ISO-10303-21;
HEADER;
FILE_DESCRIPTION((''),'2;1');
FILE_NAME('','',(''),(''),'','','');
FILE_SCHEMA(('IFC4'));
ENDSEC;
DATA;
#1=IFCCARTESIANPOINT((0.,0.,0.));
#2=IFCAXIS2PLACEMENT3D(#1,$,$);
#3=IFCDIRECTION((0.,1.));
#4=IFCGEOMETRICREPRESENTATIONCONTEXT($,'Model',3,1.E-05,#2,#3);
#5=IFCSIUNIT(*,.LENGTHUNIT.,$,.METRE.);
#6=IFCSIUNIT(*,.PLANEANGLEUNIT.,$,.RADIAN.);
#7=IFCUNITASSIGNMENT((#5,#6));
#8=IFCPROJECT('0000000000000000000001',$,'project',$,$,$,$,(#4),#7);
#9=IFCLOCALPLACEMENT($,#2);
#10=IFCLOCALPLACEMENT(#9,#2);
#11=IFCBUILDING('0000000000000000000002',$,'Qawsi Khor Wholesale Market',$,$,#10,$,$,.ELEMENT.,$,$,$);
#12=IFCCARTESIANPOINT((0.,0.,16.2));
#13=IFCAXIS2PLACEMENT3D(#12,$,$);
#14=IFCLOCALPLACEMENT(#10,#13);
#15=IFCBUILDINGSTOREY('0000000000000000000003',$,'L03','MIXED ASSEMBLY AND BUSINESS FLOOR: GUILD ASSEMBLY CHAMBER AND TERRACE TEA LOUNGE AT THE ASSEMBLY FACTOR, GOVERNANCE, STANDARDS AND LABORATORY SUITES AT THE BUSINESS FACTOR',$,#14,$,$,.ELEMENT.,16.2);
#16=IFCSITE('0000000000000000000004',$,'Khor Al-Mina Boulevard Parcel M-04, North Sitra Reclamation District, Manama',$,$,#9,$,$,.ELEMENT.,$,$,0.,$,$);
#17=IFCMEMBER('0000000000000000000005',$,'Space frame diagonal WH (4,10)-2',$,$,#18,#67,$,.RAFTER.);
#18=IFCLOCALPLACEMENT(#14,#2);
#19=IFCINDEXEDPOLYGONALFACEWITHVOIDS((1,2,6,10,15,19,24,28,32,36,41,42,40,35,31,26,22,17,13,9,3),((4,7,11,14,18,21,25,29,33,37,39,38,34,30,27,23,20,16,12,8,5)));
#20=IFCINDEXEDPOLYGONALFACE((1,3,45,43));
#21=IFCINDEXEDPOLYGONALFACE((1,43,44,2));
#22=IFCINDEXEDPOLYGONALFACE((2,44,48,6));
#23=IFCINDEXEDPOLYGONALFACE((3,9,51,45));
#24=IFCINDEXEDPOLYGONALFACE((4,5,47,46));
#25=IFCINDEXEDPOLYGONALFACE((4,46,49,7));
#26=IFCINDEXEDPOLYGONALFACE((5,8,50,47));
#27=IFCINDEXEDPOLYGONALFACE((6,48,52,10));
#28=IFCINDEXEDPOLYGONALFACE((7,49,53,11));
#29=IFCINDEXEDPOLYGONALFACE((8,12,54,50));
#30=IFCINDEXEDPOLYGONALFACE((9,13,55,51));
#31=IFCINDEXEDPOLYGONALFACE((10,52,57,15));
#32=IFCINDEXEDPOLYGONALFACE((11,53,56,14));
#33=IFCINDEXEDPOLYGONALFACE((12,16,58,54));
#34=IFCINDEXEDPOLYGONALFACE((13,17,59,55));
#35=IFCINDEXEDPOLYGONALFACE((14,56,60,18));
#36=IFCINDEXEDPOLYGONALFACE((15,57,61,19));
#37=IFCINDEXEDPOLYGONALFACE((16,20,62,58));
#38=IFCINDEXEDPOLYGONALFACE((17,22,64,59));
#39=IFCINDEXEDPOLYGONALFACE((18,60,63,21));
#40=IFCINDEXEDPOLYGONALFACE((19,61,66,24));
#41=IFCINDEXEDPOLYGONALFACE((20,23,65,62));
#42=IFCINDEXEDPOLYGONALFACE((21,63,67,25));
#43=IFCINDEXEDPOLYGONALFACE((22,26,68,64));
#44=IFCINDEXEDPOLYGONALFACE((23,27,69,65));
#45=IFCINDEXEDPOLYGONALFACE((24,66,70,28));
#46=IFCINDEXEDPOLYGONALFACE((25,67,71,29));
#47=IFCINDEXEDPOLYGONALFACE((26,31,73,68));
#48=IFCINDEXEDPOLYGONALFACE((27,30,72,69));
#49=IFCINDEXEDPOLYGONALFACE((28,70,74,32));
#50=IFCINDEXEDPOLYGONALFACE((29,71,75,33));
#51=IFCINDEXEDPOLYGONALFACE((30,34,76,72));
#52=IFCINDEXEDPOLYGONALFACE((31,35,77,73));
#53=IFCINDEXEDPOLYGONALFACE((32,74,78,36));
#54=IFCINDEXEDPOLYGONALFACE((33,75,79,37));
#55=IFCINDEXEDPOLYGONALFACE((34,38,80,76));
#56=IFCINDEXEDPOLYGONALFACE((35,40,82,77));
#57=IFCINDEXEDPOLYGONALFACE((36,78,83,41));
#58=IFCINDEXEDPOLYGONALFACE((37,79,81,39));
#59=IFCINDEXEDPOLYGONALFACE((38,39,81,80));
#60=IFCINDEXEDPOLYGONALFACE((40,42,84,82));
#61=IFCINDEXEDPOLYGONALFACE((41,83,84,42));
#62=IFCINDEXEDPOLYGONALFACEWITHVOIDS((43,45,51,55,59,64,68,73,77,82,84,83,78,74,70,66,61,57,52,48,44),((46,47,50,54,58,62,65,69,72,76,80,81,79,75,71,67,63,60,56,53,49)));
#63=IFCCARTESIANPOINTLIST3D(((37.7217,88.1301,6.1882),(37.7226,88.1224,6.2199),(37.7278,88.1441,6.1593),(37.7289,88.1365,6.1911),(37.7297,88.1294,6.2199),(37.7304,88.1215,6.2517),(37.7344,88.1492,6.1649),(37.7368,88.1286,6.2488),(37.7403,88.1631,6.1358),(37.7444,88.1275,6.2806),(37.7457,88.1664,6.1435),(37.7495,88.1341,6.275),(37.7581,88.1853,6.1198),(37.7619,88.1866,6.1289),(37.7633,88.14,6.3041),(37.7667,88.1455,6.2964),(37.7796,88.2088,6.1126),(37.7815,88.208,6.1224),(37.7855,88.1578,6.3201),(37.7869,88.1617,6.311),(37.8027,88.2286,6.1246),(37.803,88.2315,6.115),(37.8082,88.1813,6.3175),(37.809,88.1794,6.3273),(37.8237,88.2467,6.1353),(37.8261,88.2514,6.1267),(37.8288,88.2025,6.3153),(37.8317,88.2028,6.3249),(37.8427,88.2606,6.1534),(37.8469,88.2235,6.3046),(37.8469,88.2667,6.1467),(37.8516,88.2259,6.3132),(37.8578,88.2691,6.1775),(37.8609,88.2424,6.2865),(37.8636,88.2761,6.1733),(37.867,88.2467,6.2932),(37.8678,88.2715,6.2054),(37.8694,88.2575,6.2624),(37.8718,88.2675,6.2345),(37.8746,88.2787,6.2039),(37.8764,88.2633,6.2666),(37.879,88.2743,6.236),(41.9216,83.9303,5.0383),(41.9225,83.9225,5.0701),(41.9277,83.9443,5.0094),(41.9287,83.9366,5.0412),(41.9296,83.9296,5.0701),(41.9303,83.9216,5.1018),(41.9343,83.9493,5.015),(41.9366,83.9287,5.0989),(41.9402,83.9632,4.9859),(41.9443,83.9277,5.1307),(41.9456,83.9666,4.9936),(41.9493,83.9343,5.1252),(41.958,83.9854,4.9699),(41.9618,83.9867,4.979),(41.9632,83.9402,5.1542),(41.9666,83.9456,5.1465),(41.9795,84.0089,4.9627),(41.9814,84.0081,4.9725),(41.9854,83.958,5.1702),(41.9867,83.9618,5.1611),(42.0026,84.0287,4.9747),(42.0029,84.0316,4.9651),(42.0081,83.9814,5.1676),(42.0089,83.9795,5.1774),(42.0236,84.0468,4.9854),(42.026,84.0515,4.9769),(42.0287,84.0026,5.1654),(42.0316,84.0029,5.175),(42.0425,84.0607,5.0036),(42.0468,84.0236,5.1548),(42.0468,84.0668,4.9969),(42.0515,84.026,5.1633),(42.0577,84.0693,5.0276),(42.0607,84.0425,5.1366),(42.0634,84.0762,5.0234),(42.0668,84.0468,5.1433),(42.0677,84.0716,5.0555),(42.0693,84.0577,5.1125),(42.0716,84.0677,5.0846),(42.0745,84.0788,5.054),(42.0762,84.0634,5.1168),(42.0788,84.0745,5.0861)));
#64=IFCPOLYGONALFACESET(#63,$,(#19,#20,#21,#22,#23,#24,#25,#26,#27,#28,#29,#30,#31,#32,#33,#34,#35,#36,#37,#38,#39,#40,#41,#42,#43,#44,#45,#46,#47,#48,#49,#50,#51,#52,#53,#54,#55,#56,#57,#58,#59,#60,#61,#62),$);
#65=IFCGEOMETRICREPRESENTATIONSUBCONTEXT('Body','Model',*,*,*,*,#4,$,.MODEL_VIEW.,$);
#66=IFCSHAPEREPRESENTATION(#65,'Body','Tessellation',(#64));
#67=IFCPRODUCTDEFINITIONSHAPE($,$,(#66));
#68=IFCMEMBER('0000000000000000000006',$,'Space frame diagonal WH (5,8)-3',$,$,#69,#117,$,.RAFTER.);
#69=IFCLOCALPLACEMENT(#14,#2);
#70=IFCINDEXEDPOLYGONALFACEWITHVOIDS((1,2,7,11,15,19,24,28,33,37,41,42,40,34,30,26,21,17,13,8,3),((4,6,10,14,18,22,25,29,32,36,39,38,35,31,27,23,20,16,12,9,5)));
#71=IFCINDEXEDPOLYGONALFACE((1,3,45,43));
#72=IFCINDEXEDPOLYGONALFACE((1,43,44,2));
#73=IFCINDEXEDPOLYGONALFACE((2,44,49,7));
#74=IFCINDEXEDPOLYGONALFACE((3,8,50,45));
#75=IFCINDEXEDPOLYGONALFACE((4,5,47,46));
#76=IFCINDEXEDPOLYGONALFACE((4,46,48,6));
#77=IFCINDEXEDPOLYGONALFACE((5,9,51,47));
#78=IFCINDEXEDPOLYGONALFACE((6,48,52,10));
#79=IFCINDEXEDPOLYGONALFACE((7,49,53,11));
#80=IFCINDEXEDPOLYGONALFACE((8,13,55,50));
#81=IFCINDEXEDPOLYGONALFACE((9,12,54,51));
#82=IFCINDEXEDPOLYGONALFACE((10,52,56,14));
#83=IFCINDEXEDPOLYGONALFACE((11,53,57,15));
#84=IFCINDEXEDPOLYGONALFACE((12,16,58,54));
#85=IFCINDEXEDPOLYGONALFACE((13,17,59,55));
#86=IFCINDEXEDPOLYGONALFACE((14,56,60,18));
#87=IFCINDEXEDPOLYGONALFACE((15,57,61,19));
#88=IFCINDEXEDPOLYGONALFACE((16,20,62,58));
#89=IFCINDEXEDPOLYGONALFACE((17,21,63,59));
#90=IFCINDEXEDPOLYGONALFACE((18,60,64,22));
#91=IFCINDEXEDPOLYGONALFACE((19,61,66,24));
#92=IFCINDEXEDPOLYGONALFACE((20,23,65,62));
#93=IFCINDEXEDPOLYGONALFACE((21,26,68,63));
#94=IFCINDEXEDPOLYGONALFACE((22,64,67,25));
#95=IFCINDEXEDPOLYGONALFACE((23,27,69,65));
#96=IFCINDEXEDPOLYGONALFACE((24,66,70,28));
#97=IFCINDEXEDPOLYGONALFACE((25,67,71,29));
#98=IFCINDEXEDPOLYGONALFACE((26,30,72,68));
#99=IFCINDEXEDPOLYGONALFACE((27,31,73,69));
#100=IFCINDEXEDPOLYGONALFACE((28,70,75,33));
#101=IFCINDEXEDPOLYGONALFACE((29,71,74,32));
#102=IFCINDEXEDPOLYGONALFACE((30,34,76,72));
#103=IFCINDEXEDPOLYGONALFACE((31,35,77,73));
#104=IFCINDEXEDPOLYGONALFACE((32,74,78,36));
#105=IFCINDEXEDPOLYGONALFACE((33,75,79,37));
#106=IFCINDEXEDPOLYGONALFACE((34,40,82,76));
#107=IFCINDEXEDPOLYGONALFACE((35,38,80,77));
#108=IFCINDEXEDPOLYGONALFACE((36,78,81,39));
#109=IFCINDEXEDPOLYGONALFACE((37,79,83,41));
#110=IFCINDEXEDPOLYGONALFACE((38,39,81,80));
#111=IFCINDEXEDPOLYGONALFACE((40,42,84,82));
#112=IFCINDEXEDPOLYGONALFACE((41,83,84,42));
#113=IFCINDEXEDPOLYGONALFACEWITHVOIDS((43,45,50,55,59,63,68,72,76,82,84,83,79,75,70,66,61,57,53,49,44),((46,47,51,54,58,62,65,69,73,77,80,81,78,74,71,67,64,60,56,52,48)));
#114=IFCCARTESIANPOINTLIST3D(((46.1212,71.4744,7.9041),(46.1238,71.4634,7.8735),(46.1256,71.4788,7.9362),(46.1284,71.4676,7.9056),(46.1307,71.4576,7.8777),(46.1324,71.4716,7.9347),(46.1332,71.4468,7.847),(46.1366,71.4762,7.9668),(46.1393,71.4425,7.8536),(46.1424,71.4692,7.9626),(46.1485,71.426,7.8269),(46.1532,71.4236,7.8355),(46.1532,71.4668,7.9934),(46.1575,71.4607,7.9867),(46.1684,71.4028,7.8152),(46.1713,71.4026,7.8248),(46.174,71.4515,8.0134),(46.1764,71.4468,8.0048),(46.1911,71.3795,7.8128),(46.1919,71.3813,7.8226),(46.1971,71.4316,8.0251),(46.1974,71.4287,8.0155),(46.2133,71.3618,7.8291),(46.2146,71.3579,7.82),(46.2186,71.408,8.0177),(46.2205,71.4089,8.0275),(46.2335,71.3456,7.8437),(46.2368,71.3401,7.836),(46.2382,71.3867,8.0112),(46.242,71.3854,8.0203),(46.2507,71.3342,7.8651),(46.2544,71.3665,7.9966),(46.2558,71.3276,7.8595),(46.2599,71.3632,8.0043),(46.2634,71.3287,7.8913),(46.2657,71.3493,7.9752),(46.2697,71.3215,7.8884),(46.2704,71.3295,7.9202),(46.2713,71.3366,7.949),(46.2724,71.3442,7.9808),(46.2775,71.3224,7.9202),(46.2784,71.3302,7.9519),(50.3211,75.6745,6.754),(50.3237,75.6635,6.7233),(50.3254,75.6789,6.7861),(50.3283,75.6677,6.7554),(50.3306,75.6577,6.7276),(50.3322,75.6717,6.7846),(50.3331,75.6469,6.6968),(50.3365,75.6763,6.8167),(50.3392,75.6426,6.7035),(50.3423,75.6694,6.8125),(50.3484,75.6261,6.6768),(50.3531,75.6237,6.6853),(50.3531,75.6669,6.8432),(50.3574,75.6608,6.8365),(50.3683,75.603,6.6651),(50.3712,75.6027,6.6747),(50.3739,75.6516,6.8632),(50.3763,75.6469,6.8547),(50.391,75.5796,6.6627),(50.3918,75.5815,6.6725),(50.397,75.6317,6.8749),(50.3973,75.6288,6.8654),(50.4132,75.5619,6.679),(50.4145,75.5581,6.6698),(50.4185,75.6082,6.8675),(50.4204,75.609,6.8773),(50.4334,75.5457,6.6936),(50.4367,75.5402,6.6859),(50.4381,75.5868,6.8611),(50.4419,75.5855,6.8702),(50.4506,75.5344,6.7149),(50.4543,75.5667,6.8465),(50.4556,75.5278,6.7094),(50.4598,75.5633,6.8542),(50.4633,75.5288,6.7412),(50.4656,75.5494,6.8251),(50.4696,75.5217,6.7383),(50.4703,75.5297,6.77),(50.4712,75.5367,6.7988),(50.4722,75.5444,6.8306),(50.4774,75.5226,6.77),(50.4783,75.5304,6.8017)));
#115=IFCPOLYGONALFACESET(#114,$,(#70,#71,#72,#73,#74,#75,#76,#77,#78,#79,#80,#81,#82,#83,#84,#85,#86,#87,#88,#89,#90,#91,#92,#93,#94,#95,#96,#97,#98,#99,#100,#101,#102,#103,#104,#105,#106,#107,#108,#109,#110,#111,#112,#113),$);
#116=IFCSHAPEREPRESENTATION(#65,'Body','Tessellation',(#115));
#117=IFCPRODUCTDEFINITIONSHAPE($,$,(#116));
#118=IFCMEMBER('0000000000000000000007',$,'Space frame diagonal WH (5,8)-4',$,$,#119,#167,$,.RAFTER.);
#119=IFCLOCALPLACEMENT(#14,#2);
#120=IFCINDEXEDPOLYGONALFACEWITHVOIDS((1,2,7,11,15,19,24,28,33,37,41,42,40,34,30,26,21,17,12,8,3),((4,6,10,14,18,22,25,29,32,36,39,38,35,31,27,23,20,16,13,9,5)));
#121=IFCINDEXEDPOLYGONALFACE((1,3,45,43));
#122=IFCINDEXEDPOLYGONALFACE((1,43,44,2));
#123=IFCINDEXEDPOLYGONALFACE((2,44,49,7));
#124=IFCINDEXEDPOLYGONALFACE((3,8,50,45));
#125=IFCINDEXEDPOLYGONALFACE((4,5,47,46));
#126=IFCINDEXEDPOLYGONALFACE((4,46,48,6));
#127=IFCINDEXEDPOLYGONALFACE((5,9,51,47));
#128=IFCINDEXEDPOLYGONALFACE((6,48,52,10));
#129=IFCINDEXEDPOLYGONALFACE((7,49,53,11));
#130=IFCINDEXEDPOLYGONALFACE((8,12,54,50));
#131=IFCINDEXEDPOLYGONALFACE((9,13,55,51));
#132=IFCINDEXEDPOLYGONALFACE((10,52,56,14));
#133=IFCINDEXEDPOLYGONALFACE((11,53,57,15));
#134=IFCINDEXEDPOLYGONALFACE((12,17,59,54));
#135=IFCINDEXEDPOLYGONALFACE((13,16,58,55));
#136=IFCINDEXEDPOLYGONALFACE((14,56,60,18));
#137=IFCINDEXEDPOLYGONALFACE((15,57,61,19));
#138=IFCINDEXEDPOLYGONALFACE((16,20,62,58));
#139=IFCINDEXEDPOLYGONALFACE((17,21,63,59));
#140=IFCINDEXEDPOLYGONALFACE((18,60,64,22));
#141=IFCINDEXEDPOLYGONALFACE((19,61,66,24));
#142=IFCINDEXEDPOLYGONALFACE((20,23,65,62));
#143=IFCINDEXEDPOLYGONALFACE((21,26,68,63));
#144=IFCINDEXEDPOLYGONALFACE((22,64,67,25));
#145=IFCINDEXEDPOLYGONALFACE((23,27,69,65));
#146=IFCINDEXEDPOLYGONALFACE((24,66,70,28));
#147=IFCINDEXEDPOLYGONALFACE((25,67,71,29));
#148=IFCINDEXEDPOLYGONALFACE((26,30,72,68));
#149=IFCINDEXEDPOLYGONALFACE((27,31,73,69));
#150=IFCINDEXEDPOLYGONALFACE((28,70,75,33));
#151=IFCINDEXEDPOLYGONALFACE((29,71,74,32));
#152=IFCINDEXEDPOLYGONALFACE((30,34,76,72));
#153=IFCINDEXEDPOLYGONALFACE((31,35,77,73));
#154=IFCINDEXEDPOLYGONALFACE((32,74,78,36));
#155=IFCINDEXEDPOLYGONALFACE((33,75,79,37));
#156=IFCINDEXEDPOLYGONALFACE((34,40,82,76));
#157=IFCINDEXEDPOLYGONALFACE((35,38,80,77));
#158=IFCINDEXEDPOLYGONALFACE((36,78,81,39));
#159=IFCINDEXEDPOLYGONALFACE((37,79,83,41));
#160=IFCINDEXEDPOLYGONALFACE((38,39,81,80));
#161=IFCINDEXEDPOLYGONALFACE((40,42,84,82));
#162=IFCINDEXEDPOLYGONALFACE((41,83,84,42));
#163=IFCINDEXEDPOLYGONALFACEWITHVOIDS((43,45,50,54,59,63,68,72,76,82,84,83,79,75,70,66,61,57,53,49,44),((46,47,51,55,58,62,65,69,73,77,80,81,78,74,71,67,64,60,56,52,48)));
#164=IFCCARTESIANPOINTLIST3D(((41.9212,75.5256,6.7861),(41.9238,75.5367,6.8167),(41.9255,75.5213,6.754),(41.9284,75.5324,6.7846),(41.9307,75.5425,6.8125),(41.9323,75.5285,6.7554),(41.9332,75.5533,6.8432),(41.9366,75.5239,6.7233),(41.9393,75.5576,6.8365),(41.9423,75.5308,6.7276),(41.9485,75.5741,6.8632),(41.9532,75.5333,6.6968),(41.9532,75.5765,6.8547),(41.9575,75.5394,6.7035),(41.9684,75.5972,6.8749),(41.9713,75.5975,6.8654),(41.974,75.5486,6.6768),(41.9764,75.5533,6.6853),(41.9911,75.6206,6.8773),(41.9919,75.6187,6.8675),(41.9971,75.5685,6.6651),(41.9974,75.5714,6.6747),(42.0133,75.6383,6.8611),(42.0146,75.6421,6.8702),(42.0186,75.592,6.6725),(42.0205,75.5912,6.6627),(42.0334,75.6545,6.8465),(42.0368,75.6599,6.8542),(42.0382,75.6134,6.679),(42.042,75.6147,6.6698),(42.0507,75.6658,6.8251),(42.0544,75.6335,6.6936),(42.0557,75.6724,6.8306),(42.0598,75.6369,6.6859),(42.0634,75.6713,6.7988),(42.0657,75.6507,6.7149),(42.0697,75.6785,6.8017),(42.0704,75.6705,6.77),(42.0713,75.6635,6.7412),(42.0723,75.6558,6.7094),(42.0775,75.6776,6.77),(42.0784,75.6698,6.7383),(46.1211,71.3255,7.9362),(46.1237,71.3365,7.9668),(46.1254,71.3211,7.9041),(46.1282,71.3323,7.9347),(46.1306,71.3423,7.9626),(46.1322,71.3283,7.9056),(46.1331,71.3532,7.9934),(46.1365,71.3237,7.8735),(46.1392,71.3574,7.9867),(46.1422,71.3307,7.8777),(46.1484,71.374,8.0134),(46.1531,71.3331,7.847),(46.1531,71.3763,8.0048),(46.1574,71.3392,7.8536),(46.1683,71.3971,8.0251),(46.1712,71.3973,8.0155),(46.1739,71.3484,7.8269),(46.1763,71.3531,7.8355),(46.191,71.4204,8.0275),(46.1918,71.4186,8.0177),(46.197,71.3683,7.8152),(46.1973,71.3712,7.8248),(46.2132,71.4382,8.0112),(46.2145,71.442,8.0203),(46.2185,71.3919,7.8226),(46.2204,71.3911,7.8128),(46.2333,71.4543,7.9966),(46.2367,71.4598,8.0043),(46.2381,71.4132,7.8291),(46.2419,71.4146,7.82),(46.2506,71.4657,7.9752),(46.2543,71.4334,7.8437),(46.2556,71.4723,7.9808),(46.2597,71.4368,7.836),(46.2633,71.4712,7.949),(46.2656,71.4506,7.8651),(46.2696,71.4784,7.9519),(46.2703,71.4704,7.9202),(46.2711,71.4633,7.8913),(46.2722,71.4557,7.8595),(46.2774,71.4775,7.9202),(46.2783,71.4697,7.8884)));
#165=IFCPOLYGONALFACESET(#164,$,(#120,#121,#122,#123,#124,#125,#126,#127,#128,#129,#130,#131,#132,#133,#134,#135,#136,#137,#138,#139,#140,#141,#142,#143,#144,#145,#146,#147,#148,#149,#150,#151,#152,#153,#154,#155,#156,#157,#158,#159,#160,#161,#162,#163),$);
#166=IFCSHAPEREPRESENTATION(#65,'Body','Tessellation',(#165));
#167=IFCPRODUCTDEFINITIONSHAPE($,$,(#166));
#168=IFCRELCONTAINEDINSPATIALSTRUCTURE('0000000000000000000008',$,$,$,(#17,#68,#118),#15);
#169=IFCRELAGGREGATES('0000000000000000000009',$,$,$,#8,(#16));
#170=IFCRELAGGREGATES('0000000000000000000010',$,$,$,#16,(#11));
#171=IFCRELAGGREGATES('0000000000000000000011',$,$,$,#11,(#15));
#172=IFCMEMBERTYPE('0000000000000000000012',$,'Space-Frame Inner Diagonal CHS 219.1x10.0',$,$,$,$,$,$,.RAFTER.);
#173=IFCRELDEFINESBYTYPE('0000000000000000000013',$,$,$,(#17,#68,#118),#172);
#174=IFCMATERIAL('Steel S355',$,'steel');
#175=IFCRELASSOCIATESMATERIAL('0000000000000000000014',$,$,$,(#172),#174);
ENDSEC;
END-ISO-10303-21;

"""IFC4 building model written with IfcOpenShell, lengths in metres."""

from ifc_helpers import new_model, si_unit, direction, frame, origin, origin_2d, place, context, subcontext, project, spatial, hollow_circle, extrude, material, material_profile, profile_set, type_object, element, save


model = new_model("IFC4")

# Units and contexts
model_context = context("Model", 3, precision=1e-05, world=origin(), true_north=direction((0.0, 1.0)))
body_context = subcontext(model_context, "Body", "Model", "MODEL_VIEW")
ifc_project = project(units=[si_unit("LENGTHUNIT", "METRE"), si_unit("PLANEANGLEUNIT", "RADIAN")], contexts=[model_context])

# Site, building, storey
site_placement = place(None, origin())
site = spatial("IfcSite", under=ifc_project, at=site_placement, Name="Khor Al-Mina Boulevard Parcel M-04, North Sitra Reclamation District, Manama", CompositionType="ELEMENT", RefElevation=0.0)
building_placement = place(site_placement, origin())
building = spatial("IfcBuilding", under=site, at=building_placement, Name="Qawsi Khor Wholesale Market", CompositionType="ELEMENT")
storey_placement = place(building_placement, frame((0.0, 0.0, 16.2)))
storey = spatial("IfcBuildingStorey", under=building, at=storey_placement, Name="L03", Description="MIXED ASSEMBLY AND BUSINESS FLOOR: GUILD ASSEMBLY CHAMBER AND TERRACE TEA LOUNGE AT THE ASSEMBLY FACTOR, GOVERNANCE, STANDARDS AND LABORATORY SUITES AT THE BUSINESS FACTOR", CompositionType="ELEMENT", Elevation=16.2)

# Members
ifc_material_1 = material(Name="Steel S355", Category="steel")
ifc_material_profile_1 = material_profile(ifc_material_1, hollow_circle(Radius=0.1096, WallThickness=0.01, at=origin_2d()), Name="CHS 219.1x10.0")
ifc_profile_set_1 = profile_set([ifc_material_profile_1], Name="Steel S355")
member_type_1 = type_object("IfcMemberType", Name="Space-Frame Inner Diagonal CHS 219.1x10.0", PredefinedType="RAFTER", material=ifc_profile_set_1)
for number, where, z_axis, x_axis, name in (
    (1, (42.0, 84.0, 5.0701), (-0.694217, 0.694217, 0.190069), (-0.707107, -0.707107, 0.0), "Space frame diagonal WH (4,10)-2"),
):
    element("IfcMember", number, at=place(storey_placement, frame(where, z_axis=z_axis, x_axis=x_axis)), inside=storey, type_object=member_type_1, Name=name, PredefinedType="RAFTER", context=body_context, shape_type="SweptSolid", body=[
        extrude(hollow_circle(Radius=0.1096, WallThickness=0.01, at=origin_2d()), origin(), (0.0, 0.0, 1.0), 6.0498),
    ])
for number, where, z_axis, x_axis, name in (
    (2, (50.3999, 75.6001, 6.77), (-0.694192, -0.694232, 0.190103), (0.707127, -0.707086, 0.0), "Space frame diagonal WH (5,8)-3"),
    (3, (42.0, 75.6001, 6.77), (0.694192, -0.694232, 0.190103), (0.707127, 0.707086, 0.0), "Space frame diagonal WH (5,8)-4"),
):
    element("IfcMember", number, at=place(storey_placement, frame(where, z_axis=z_axis, x_axis=x_axis)), inside=storey, type_object=member_type_1, Name=name, PredefinedType="RAFTER", context=body_context, shape_type="SweptSolid", body=[
        extrude(hollow_circle(Radius=0.1096, WallThickness=0.01, at=origin_2d()), origin(), (0.0, 0.0, 1.0), 6.05),
    ])

save(model, "model.ifc")
